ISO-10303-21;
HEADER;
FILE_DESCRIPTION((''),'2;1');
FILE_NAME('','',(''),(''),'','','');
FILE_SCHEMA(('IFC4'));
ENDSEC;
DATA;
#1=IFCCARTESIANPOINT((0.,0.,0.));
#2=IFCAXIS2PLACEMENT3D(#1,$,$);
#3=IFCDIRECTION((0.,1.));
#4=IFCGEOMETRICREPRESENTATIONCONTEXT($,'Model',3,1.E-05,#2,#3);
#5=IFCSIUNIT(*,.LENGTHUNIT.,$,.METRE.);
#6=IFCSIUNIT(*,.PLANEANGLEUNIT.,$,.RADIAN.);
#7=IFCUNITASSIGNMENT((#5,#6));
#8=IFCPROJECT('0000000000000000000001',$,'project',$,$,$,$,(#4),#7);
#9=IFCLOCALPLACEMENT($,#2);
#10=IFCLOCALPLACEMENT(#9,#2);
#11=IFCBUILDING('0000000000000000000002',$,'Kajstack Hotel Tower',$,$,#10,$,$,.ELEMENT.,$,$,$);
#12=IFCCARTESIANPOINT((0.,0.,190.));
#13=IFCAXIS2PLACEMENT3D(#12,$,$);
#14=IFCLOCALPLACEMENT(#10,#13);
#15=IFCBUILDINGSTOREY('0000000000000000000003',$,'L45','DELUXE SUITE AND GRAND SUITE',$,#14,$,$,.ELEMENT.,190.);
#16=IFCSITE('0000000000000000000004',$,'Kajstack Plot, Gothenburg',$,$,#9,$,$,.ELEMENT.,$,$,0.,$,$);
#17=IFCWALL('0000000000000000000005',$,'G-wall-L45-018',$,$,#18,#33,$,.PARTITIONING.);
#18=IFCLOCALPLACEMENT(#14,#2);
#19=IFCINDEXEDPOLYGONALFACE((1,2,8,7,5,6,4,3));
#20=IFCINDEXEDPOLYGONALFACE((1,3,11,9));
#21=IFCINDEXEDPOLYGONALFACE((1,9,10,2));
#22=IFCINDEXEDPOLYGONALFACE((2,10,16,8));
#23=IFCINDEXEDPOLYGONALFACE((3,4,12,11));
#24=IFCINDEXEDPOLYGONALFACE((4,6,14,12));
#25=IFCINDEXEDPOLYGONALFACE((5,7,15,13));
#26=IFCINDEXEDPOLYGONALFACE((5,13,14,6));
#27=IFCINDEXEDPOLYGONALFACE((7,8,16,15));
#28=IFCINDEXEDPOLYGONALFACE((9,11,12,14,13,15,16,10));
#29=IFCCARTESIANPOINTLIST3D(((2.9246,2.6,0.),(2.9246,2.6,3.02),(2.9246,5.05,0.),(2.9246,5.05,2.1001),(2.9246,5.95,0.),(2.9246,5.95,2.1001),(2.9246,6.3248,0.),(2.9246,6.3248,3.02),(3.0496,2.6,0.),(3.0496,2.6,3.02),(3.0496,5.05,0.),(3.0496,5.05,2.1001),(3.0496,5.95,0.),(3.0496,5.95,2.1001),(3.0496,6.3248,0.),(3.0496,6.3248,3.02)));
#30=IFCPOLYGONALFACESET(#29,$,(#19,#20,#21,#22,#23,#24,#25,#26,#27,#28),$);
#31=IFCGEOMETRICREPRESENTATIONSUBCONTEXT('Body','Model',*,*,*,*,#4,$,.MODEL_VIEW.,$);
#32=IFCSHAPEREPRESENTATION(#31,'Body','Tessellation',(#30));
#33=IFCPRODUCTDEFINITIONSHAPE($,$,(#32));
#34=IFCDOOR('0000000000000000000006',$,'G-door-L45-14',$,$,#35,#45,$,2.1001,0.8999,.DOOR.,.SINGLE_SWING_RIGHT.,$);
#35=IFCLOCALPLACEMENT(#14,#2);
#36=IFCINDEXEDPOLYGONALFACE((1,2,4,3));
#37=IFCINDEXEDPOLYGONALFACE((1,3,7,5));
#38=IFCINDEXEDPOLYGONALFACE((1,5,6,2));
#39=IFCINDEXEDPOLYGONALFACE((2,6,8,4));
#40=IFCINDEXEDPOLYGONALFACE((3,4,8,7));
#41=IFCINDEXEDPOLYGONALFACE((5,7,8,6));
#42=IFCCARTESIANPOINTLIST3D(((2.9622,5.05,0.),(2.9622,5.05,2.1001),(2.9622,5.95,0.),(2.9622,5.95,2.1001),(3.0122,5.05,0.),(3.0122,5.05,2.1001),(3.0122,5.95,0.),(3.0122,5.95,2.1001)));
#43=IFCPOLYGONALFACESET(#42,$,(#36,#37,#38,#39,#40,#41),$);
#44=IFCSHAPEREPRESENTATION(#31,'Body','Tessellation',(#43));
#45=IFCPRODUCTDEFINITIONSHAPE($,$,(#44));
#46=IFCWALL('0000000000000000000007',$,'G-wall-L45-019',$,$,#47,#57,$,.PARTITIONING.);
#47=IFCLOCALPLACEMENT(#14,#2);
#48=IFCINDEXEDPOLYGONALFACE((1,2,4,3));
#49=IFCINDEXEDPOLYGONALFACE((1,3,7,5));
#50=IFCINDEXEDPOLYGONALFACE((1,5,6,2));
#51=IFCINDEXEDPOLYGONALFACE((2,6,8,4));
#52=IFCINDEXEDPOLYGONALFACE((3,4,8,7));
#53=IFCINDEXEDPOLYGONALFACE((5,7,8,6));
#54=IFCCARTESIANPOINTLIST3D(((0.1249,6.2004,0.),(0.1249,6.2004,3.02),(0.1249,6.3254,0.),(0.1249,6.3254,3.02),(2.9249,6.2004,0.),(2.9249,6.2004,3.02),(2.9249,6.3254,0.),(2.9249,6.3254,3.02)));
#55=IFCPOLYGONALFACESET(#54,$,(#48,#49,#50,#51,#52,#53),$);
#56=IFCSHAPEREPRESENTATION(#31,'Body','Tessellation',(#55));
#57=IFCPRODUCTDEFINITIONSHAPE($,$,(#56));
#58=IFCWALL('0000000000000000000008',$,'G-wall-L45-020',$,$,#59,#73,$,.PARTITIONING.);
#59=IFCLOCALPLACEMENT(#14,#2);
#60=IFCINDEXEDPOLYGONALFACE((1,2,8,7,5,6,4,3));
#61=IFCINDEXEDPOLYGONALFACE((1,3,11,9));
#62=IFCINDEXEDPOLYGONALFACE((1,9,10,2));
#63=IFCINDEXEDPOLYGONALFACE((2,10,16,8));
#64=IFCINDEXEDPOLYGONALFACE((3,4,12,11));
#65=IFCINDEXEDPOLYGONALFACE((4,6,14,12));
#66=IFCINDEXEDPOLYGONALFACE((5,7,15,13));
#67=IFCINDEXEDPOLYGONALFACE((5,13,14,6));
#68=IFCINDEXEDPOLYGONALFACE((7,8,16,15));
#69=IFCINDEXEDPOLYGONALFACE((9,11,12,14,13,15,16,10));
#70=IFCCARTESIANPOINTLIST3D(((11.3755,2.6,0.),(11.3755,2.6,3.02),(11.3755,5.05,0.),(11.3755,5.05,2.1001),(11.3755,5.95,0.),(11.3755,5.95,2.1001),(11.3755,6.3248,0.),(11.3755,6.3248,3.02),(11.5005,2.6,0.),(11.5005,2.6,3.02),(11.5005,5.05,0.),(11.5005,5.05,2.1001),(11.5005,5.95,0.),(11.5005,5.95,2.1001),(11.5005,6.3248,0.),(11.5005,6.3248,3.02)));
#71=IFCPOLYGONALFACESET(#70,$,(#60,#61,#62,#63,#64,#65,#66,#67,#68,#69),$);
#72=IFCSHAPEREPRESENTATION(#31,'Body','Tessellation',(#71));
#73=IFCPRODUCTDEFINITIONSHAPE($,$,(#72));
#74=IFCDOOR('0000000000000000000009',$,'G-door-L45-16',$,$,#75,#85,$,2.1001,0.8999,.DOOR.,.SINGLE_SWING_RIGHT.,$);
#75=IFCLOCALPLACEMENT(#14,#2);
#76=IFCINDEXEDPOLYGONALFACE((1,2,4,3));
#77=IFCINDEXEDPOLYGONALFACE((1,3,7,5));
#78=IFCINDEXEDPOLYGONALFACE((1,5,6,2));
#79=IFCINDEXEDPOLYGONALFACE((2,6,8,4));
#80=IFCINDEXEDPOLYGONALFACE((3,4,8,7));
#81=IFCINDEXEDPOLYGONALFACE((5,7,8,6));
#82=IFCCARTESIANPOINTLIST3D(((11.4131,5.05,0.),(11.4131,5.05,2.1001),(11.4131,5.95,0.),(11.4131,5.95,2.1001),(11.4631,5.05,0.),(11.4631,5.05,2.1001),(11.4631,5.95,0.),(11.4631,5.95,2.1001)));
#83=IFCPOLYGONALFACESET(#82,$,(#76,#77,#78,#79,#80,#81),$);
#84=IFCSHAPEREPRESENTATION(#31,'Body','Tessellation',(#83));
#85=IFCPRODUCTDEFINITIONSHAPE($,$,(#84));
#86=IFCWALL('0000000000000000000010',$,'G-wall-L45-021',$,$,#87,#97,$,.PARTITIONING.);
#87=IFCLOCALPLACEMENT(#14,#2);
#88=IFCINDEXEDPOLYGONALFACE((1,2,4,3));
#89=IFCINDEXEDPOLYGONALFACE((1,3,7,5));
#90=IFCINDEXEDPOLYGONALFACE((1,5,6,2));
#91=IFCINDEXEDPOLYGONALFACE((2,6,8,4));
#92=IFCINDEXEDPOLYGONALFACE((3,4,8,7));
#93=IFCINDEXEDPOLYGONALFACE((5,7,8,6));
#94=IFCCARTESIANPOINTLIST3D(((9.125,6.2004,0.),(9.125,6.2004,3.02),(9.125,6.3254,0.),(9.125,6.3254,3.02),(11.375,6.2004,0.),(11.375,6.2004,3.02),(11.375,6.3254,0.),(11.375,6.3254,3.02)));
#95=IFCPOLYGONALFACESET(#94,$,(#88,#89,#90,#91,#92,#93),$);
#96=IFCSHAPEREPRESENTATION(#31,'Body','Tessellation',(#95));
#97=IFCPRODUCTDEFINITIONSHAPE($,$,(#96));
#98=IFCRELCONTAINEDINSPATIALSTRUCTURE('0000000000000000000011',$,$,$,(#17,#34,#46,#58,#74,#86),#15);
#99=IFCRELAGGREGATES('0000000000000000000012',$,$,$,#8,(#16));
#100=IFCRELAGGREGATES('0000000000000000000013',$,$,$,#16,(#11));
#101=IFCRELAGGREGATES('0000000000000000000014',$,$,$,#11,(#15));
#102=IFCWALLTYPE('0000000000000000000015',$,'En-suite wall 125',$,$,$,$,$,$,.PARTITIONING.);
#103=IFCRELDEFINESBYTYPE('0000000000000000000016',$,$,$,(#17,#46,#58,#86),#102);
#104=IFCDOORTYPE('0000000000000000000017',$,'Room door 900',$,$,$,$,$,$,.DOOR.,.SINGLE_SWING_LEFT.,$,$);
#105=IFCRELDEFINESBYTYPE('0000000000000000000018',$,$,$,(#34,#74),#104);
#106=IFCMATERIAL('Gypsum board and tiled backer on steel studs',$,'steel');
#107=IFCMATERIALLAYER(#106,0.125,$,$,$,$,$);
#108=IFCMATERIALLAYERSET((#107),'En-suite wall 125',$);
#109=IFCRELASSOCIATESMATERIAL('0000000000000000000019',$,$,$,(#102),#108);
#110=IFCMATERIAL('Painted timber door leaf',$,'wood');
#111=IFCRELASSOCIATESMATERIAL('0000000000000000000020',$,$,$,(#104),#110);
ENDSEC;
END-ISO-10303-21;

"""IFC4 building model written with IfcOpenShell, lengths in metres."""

from ifc_helpers import new_model, si_unit, direction, frame, frame_2d, origin, place, context, subcontext, project, spatial, rectangle, extrude, material, layer, layer_set, type_object, element, fill, save


model = new_model("IFC4")

# Units and contexts
model_context = context("Model", 3, precision=1e-05, world=origin(), true_north=direction((0.0, 1.0)))
body_context = subcontext(model_context, "Body", "Model", "MODEL_VIEW")
ifc_project = project(units=[si_unit("LENGTHUNIT", "METRE"), si_unit("PLANEANGLEUNIT", "RADIAN")], contexts=[model_context])

# Site, building, storey
site_placement = place(None, origin())
site = spatial("IfcSite", under=ifc_project, at=site_placement, Name="Kajstack Plot, Gothenburg", CompositionType="ELEMENT", RefElevation=0.0)
building_placement = place(site_placement, origin())
building = spatial("IfcBuilding", under=site, at=building_placement, Name="Kajstack Hotel Tower", CompositionType="ELEMENT")
storey_placement = place(building_placement, frame((0.0, 0.0, 190.0)))
storey = spatial("IfcBuildingStorey", under=building, at=storey_placement, Name="L45", Description="DELUXE SUITE AND GRAND SUITE", CompositionType="ELEMENT", Elevation=190.0)

# Wall, opening, door
ifc_material_1 = material(Name="Gypsum board and tiled backer on steel studs", Category="steel")
ifc_layer_1 = layer(ifc_material_1, 0.125)
ifc_layer_set_1 = layer_set([ifc_layer_1], Name="En-suite wall 125")
wall_type_1 = type_object("IfcWallType", Name="En-suite wall 125", PredefinedType="PARTITIONING", material=ifc_layer_set_1)
wall_1_placement = place(storey_placement, frame((2.9871, 2.6001, 0.0), z_axis=(0.0, 0.0, 1.0), x_axis=(0.0, 1.0, 0.0)))
wall_1 = element("IfcWall", 1, at=wall_1_placement, inside=storey, type_object=wall_type_1, Name="G-wall-L45-018", PredefinedType="PARTITIONING", context=body_context, shape_type="SweptSolid", body=[
    extrude(rectangle(XDim=3.7249, YDim=0.125, at=frame_2d((1.8623, 0.0))), origin(), (0.0, 0.0, 1.0), 3.02),
])
opening_1_placement = place(wall_1_placement, frame((2.45, 0.0, 0.0)))
opening_1 = element("IfcOpeningElement", 2, at=opening_1_placement, cuts=wall_1, PredefinedType="OPENING", context=body_context, shape_type="SweptSolid", body=[
    extrude(rectangle(XDim=0.8999, YDim=2.1001, at=frame_2d((0.45, 1.05))), frame((0.0, 0.0725, 0.0), z_axis=(0.0, -1.0, 0.0), x_axis=(1.0, 0.0, 0.0)), (0.0, 0.0, 1.0), 0.145),
])
ifc_material_2 = material(Name="Painted timber door leaf", Category="wood")
door_type_1 = type_object("IfcDoorType", Name="Room door 900", OperationType="SINGLE_SWING_LEFT", PredefinedType="DOOR", material=ifc_material_2)
door_1_placement = place(opening_1_placement, origin())
door_1 = element("IfcDoor", 3, at=door_1_placement, inside=storey, type_object=door_type_1, Name="G-door-L45-14", OperationType="SINGLE_SWING_RIGHT", OverallHeight=2.1001, OverallWidth=0.8999, PredefinedType="DOOR", context=body_context, shape_type="SweptSolid", body=[
    extrude(rectangle(XDim=0.8999, YDim=2.1001, at=frame_2d((0.45, 1.05))), frame((0.0, 0.0249, 0.0), z_axis=(0.0, -1.0, 0.0), x_axis=(1.0, 0.0, 0.0)), (0.0, 0.0, 1.0), 0.05),
])
fill(opening_1, door_1)

# Wall
wall_2_placement = place(storey_placement, frame((0.125, 6.2629, 0.0), z_axis=(0.0, 0.0, 1.0), x_axis=(1.0, 0.0, 0.0)))
element("IfcWall", 4, at=wall_2_placement, inside=storey, type_object=wall_type_1, Name="G-wall-L45-019", PredefinedType="PARTITIONING", context=body_context, shape_type="SweptSolid", body=[
    extrude(rectangle(XDim=2.8, YDim=0.125, at=frame_2d((1.3999, 0.0))), origin(), (0.0, 0.0, 1.0), 3.02),
])

# Wall, opening, door
wall_3_placement = place(storey_placement, frame((11.438, 2.6001, 0.0), z_axis=(0.0, 0.0, 1.0), x_axis=(0.0, 1.0, 0.0)))
wall_3 = element("IfcWall", 5, at=wall_3_placement, inside=storey, type_object=wall_type_1, Name="G-wall-L45-020", PredefinedType="PARTITIONING", context=body_context, shape_type="SweptSolid", body=[
    extrude(rectangle(XDim=3.7249, YDim=0.125, at=frame_2d((1.8623, 0.0))), origin(), (0.0, 0.0, 1.0), 3.02),
])
opening_2_placement = place(wall_3_placement, frame((2.45, 0.0, 0.0)))
opening_2 = element("IfcOpeningElement", 6, at=opening_2_placement, cuts=wall_3, PredefinedType="OPENING", context=body_context, shape_type="SweptSolid", body=[
    extrude(rectangle(XDim=0.8999, YDim=2.1001, at=frame_2d((0.45, 1.05))), frame((0.0, 0.0725, 0.0), z_axis=(0.0, -1.0, 0.0), x_axis=(1.0, 0.0, 0.0)), (0.0, 0.0, 1.0), 0.145),
])
door_2_placement = place(opening_2_placement, origin())
door_2 = element("IfcDoor", 7, at=door_2_placement, inside=storey, type_object=door_type_1, Name="G-door-L45-16", OperationType="SINGLE_SWING_RIGHT", OverallHeight=2.1001, OverallWidth=0.8999, PredefinedType="DOOR", context=body_context, shape_type="SweptSolid", body=[
    extrude(rectangle(XDim=0.8999, YDim=2.1001, at=frame_2d((0.45, 1.05))), frame((0.0, 0.0249, 0.0), z_axis=(0.0, -1.0, 0.0), x_axis=(1.0, 0.0, 0.0)), (0.0, 0.0, 1.0), 0.05),
])
fill(opening_2, door_2)

# Wall
wall_4_placement = place(storey_placement, frame((9.125, 6.2629, 0.0), z_axis=(0.0, 0.0, 1.0), x_axis=(1.0, 0.0, 0.0)))
element("IfcWall", 8, at=wall_4_placement, inside=storey, type_object=wall_type_1, Name="G-wall-L45-021", PredefinedType="PARTITIONING", context=body_context, shape_type="SweptSolid", body=[
    extrude(rectangle(XDim=2.25, YDim=0.125, at=frame_2d((1.125, 0.0))), origin(), (0.0, 0.0, 1.0), 3.02),
])

save(model, "model.ifc")
